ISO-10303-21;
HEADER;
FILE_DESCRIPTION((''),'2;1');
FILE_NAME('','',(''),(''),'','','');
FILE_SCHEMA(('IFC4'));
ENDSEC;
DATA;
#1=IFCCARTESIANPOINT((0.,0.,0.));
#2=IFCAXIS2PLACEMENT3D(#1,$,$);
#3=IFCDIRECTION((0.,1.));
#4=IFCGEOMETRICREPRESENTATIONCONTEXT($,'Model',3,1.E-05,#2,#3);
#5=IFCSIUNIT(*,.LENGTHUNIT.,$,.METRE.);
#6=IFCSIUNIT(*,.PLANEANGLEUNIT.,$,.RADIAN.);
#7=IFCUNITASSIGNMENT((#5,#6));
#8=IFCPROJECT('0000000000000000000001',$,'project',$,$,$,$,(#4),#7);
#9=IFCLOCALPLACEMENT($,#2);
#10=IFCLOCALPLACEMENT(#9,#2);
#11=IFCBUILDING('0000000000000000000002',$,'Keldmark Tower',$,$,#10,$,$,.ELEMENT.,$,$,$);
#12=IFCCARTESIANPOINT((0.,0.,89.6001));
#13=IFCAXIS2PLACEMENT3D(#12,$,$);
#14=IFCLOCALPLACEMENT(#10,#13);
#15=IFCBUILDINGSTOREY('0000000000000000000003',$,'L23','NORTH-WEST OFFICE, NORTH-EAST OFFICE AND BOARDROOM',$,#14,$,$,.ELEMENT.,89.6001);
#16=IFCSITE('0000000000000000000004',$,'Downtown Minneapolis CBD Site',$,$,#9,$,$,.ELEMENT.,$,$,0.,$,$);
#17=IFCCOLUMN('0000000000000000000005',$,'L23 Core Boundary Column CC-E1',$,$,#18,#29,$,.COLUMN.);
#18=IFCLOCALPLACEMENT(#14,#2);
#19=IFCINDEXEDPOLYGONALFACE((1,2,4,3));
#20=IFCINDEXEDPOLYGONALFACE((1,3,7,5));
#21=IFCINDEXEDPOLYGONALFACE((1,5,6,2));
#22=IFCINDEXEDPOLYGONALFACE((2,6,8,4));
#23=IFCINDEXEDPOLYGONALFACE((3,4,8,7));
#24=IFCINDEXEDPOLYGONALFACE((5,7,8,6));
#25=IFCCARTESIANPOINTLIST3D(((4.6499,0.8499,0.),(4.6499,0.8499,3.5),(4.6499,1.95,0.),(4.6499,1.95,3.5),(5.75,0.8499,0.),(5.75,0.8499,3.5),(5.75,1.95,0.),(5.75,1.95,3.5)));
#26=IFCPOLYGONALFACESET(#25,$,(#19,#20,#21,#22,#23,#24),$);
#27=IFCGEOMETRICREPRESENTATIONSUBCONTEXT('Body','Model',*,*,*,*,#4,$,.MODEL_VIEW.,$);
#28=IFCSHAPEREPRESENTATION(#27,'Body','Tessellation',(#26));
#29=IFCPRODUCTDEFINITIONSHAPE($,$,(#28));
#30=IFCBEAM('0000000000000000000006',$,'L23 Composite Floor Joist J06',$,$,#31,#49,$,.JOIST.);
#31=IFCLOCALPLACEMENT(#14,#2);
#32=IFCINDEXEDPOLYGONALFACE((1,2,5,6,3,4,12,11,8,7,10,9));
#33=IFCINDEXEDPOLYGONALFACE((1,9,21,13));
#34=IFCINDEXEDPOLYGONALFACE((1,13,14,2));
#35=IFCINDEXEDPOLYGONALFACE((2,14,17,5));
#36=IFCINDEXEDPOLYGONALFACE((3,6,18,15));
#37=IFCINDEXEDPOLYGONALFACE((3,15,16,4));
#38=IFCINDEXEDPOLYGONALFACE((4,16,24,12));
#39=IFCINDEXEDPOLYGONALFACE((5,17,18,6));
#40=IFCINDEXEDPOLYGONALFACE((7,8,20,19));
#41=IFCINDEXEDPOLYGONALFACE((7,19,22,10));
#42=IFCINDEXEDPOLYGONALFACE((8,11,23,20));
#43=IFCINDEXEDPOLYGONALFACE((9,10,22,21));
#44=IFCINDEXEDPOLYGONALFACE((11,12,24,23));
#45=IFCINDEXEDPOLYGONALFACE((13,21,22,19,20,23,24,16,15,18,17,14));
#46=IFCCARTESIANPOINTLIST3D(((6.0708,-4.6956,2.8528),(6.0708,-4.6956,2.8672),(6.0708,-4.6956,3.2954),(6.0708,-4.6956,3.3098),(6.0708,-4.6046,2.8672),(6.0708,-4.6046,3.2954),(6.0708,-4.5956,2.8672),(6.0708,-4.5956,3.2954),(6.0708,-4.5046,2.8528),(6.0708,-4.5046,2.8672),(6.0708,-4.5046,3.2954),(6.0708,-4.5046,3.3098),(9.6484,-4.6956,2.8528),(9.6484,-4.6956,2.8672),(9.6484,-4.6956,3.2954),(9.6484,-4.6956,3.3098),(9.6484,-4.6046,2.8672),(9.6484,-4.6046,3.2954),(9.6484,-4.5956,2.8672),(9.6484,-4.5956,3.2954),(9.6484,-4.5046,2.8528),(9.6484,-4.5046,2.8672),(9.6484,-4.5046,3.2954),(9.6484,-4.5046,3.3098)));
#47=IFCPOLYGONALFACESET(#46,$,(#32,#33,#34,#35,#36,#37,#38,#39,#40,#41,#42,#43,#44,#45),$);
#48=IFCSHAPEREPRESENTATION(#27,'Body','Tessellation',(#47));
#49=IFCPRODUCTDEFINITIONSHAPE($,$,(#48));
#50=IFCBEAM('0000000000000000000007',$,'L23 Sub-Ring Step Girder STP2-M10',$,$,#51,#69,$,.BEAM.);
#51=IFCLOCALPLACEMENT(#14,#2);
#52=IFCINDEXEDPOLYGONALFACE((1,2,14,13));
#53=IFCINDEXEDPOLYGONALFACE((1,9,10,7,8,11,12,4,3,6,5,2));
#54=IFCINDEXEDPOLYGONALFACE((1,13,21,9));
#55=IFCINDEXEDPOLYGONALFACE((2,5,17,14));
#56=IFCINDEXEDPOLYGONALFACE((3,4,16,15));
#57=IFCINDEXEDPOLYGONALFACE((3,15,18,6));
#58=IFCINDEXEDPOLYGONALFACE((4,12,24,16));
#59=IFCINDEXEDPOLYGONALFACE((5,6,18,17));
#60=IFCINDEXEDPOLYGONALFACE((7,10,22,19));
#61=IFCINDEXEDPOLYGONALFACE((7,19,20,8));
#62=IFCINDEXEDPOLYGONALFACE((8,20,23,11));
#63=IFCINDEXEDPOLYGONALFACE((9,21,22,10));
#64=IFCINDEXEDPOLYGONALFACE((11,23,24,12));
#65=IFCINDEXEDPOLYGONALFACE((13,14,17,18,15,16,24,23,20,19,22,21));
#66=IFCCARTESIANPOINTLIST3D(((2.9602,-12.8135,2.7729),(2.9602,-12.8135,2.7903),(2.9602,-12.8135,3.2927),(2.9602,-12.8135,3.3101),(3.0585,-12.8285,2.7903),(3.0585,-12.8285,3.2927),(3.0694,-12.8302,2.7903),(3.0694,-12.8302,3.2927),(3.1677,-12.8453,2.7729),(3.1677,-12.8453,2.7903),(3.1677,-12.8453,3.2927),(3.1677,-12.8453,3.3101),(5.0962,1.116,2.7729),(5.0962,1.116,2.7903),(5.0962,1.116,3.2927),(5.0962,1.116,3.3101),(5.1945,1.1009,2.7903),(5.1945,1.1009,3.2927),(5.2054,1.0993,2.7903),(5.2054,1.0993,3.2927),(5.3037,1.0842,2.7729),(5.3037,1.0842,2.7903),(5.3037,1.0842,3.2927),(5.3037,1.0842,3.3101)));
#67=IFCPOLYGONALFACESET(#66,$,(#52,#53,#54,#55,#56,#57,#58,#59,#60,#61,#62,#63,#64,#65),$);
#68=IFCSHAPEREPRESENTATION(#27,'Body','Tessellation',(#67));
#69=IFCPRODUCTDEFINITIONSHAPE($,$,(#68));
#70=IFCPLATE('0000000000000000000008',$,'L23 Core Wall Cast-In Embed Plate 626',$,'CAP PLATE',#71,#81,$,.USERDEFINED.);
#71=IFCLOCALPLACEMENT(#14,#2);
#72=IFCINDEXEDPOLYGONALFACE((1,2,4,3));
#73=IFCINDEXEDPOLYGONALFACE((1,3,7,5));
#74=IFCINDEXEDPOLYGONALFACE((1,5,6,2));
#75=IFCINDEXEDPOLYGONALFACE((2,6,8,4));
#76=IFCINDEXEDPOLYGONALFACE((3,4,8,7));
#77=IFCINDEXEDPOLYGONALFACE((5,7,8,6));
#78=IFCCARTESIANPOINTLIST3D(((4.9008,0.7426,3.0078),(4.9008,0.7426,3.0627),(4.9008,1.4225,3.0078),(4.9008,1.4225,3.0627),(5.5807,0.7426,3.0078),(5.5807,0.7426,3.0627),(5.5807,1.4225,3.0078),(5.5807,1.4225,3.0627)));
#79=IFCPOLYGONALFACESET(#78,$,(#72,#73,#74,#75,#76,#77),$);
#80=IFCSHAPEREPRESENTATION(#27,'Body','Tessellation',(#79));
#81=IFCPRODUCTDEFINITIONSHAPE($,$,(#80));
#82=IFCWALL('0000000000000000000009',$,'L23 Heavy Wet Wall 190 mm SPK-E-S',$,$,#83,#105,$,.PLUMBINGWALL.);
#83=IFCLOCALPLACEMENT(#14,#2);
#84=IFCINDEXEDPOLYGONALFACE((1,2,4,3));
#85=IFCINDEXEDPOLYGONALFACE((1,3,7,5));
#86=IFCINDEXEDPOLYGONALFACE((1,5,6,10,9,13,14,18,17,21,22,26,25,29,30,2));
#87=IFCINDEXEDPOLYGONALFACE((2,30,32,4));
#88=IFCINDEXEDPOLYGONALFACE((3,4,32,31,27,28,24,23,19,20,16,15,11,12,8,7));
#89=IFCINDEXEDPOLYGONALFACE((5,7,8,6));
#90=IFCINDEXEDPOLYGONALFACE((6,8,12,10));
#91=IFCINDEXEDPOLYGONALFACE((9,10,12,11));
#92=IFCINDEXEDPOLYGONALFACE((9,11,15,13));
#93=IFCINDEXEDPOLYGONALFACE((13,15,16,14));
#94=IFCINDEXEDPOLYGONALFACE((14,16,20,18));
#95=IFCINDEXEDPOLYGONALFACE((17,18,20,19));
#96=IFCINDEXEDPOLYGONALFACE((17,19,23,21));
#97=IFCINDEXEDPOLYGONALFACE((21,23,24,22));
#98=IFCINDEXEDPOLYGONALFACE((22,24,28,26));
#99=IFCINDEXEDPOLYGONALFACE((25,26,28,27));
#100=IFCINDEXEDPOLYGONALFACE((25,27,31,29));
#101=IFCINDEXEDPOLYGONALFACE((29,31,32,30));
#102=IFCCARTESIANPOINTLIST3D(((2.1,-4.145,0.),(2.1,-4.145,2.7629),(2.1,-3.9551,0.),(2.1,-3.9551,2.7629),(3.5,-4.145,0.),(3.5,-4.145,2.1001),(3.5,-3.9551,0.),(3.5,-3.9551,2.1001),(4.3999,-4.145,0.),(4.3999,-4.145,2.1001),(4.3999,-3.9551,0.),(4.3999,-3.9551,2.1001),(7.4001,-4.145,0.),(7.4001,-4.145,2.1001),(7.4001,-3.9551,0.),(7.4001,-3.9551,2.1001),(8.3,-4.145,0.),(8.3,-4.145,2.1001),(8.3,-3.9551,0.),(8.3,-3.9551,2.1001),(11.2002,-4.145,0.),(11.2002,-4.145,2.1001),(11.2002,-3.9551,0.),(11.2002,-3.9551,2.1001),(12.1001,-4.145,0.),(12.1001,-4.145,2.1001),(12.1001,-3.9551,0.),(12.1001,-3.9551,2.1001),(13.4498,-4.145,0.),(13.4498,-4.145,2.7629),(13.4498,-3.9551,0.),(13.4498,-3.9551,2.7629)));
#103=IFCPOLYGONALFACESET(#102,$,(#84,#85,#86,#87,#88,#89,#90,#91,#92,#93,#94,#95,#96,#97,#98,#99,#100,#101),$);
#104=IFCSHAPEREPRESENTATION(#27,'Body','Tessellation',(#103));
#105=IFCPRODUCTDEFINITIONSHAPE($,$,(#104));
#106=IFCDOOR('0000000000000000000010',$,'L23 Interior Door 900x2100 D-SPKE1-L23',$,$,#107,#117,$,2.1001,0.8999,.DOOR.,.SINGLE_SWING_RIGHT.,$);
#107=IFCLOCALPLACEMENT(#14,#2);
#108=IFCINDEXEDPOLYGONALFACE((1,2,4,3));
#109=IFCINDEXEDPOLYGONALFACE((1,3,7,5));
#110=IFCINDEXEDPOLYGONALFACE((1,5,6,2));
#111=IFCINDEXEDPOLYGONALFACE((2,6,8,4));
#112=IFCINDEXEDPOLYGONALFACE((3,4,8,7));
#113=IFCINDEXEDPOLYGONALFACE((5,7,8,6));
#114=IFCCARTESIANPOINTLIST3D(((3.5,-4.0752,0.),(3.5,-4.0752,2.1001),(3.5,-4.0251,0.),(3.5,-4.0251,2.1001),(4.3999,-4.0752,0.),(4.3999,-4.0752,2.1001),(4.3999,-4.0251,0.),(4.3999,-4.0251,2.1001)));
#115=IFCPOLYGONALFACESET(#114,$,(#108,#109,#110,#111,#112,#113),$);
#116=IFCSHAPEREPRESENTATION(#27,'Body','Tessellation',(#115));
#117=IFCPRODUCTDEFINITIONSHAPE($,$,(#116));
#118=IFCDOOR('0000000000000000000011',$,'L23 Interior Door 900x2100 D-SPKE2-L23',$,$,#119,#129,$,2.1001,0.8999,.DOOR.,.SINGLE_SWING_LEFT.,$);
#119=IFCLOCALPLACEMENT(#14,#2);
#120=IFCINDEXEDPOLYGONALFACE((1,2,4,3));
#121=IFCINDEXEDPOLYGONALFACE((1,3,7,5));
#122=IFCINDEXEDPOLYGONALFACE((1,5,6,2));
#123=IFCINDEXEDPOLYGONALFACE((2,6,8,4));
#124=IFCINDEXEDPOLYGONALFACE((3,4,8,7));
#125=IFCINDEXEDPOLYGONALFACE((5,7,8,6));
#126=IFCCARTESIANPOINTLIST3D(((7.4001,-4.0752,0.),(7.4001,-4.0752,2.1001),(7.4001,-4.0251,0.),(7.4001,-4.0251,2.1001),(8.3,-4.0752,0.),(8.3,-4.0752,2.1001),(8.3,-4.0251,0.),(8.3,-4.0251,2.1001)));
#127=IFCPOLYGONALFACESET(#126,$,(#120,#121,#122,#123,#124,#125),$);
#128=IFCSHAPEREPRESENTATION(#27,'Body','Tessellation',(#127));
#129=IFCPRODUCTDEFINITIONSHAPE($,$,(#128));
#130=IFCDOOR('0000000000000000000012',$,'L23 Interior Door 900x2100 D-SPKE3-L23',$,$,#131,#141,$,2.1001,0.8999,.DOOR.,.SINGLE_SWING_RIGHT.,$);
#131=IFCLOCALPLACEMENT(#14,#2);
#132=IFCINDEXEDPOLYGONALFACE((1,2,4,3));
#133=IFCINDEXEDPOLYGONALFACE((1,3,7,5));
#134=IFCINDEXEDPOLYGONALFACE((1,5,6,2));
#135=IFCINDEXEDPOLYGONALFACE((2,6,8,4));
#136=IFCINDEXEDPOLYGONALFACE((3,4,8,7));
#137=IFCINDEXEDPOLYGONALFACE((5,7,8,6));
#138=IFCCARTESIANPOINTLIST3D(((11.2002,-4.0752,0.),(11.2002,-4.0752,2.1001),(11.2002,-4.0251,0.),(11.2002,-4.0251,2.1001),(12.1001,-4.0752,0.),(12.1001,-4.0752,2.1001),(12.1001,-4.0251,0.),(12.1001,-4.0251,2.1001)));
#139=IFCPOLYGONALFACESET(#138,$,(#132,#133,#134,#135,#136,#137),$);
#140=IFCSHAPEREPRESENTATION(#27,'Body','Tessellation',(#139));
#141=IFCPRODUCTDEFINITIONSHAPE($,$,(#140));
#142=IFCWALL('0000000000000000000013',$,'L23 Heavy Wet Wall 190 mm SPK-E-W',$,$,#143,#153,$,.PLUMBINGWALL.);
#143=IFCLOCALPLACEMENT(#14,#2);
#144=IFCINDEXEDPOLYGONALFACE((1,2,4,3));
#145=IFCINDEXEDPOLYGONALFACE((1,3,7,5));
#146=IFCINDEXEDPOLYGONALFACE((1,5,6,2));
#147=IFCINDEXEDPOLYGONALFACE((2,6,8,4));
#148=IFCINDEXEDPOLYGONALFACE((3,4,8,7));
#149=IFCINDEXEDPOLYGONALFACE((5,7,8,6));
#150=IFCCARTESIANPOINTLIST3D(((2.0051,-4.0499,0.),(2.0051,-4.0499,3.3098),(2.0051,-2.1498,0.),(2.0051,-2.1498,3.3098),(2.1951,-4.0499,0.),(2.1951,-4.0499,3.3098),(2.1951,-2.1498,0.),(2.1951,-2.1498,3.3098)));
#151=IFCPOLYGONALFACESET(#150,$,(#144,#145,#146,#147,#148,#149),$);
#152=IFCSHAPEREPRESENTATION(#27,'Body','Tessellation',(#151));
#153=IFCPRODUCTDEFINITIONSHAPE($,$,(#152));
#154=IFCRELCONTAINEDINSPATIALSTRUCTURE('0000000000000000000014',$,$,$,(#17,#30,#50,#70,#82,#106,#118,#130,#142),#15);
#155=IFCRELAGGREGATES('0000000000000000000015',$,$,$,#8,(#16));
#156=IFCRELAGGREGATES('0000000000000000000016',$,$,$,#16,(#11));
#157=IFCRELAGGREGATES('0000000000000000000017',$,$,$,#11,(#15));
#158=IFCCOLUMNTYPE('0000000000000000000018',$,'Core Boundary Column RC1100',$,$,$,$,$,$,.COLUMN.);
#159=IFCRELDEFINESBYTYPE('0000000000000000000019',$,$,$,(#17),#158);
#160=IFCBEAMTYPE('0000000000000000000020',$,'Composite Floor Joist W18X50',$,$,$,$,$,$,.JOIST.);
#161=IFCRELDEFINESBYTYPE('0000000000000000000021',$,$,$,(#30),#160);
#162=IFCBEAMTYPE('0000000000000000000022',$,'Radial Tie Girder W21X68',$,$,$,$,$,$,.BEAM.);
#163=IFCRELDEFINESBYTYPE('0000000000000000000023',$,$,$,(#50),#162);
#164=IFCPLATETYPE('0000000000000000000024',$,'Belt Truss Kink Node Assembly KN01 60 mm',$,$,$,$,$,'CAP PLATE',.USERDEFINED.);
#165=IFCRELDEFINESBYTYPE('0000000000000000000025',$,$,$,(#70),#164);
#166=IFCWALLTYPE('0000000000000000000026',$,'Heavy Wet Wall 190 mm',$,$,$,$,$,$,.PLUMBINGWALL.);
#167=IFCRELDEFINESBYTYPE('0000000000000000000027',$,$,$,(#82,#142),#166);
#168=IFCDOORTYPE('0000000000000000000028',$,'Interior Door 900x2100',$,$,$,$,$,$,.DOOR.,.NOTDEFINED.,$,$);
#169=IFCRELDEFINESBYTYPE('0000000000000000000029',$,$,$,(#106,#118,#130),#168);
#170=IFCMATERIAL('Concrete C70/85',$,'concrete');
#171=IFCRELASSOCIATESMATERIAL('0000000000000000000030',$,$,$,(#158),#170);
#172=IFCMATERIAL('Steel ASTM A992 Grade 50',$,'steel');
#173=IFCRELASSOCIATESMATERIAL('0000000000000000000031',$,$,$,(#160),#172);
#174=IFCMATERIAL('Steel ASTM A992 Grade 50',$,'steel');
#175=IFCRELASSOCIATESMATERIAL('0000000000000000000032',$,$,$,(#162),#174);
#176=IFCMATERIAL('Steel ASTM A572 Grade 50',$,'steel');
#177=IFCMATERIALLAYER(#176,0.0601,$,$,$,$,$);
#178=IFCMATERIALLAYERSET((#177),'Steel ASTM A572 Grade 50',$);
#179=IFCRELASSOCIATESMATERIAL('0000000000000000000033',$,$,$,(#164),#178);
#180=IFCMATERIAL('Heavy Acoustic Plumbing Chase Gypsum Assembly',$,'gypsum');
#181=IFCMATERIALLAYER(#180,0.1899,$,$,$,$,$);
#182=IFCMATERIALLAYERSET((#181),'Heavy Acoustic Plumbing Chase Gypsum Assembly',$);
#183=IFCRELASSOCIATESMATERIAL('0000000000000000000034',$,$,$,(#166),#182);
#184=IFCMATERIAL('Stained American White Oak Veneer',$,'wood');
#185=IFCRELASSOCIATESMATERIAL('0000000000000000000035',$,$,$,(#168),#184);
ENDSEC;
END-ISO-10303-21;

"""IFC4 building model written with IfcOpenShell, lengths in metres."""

from ifc_helpers import new_model, si_unit, direction, frame, frame_2d, origin, origin_2d, place, context, subcontext, project, spatial, rectangle, i_section, extrude, material, layer, layer_set, material_profile, profile_set, type_object, element, fill, save


model = new_model("IFC4")

# Units and contexts
model_context = context("Model", 3, precision=1e-05, world=origin(), true_north=direction((0.0, 1.0)))
body_context = subcontext(model_context, "Body", "Model", "MODEL_VIEW")
ifc_project = project(units=[si_unit("LENGTHUNIT", "METRE"), si_unit("PLANEANGLEUNIT", "RADIAN")], contexts=[model_context])

# Site, building, storey
site_placement = place(None, origin())
site = spatial("IfcSite", under=ifc_project, at=site_placement, Name="Downtown Minneapolis CBD Site", CompositionType="ELEMENT", RefElevation=0.0)
building_placement = place(site_placement, origin())
building = spatial("IfcBuilding", under=site, at=building_placement, Name="Keldmark Tower", CompositionType="ELEMENT")
storey_placement = place(building_placement, frame((0.0, 0.0, 89.6001)))
storey = spatial("IfcBuildingStorey", under=building, at=storey_placement, Name="L23", Description="NORTH-WEST OFFICE, NORTH-EAST OFFICE AND BOARDROOM", CompositionType="ELEMENT", Elevation=89.6001)

# Column
ifc_material_1 = material(Name="Concrete C70/85", Category="concrete")
ifc_material_profile_1 = material_profile(ifc_material_1, rectangle(XDim=1.1001, YDim=1.1001, at=origin_2d()), Name="RC1100X1100")
ifc_profile_set_1 = profile_set([ifc_material_profile_1], Name="Concrete C70/85")
column_type = type_object("IfcColumnType", Name="Core Boundary Column RC1100", PredefinedType="COLUMN", material=ifc_profile_set_1)
column_placement = place(storey_placement, frame((5.2, 1.3999, 0.0), z_axis=(0.0, 0.0, 1.0), x_axis=(1.0, 0.0, 0.0)))
element("IfcColumn", 1, at=column_placement, inside=storey, type_object=column_type, Name="L23 Core Boundary Column CC-E1", PredefinedType="COLUMN", context=body_context, shape_type="SweptSolid", body=[
    extrude(rectangle(XDim=1.1001, YDim=1.1001, at=origin_2d()), origin(), (0.0, 0.0, 1.0), 3.5),
])

# Beams
ifc_material_2 = material(Name="Steel ASTM A992 Grade 50", Category="steel")
ifc_material_profile_2 = material_profile(ifc_material_2, i_section(OverallWidth=0.1909, OverallDepth=0.457, WebThickness=0.009, FlangeThickness=0.0144, at=origin_2d()), Name="W18X50")
ifc_profile_set_2 = profile_set([ifc_material_profile_2], Name="Steel ASTM A992 Grade 50")
beam_type_1 = type_object("IfcBeamType", Name="Composite Floor Joist W18X50", PredefinedType="JOIST", material=ifc_profile_set_2)
beam_1_placement = place(storey_placement, frame((6.0708, -4.6001, 3.0813), z_axis=(1.0, 0.0, 0.0), x_axis=(0.0, 1.0, 0.0)))
element("IfcBeam", 2, at=beam_1_placement, inside=storey, type_object=beam_type_1, Name="L23 Composite Floor Joist J06", PredefinedType="JOIST", context=body_context, shape_type="SweptSolid", body=[
    extrude(i_section(OverallWidth=0.1909, OverallDepth=0.457, WebThickness=0.009, FlangeThickness=0.0144, at=origin_2d()), origin(), (0.0, 0.0, 1.0), 3.5776),
])
ifc_material_3 = material(Name="Steel ASTM A992 Grade 50", Category="steel")
ifc_material_profile_3 = material_profile(ifc_material_3, i_section(OverallWidth=0.21, OverallDepth=0.5371, WebThickness=0.011, FlangeThickness=0.0173, at=origin_2d()), Name="W21X68")
ifc_profile_set_3 = profile_set([ifc_material_profile_3], Name="Steel ASTM A992 Grade 50")
beam_type_2 = type_object("IfcBeamType", Name="Radial Tie Girder W21X68", PredefinedType="BEAM", material=ifc_profile_set_3)
beam_2_placement = place(storey_placement, frame((5.2, 1.1001, 3.0415), z_axis=(-0.151572, -0.988446, 0.0), x_axis=(0.988446, -0.151572, 0.0)))
element("IfcBeam", 3, at=beam_2_placement, inside=storey, type_object=beam_type_2, Name="L23 Sub-Ring Step Girder STP2-M10", PredefinedType="BEAM", context=body_context, shape_type="SweptSolid", body=[
    extrude(i_section(OverallWidth=0.21, OverallDepth=0.5371, WebThickness=0.011, FlangeThickness=0.0173, at=origin_2d()), origin(), (0.0, 0.0, 1.0), 14.0923),
])

# Plate
ifc_material_4 = material(Name="Steel ASTM A572 Grade 50", Category="steel")
ifc_layer_1 = layer(ifc_material_4, 0.0601)
ifc_layer_set_1 = layer_set([ifc_layer_1], Name="Steel ASTM A572 Grade 50")
plate_type = type_object("IfcPlateType", Name="Belt Truss Kink Node Assembly KN01 60 mm", ElementType="CAP PLATE", PredefinedType="USERDEFINED", material=ifc_layer_set_1)
plate_placement = place(storey_placement, frame((5.2407, 1.0825, 3.0078), z_axis=(0.0, 0.0, 1.0), x_axis=(1.0, 0.0, 0.0)))
element("IfcPlate", 4, at=plate_placement, inside=storey, type_object=plate_type, Name="L23 Core Wall Cast-In Embed Plate 626", ObjectType="CAP PLATE", PredefinedType="USERDEFINED", context=body_context, shape_type="SweptSolid", body=[
    extrude(rectangle(XDim=0.6799, YDim=0.6799, at=origin_2d()), origin(), (0.0, 0.0, 1.0), 0.0549),
])

# Wall, openings, doors
ifc_material_5 = material(Name="Heavy Acoustic Plumbing Chase Gypsum Assembly", Category="gypsum")
ifc_layer_2 = layer(ifc_material_5, 0.1899)
ifc_layer_set_2 = layer_set([ifc_layer_2], Name="Heavy Acoustic Plumbing Chase Gypsum Assembly")
wall_type_1 = type_object("IfcWallType", Name="Heavy Wet Wall 190 mm", PredefinedType="PLUMBINGWALL", material=ifc_layer_set_2)
wall_1_placement = place(storey_placement, frame((2.1001, -4.05, 0.0), z_axis=(0.0, 0.0, 1.0), x_axis=(1.0, 0.0, 0.0)))
wall_1 = element("IfcWall", 5, at=wall_1_placement, inside=storey, type_object=wall_type_1, Name="L23 Heavy Wet Wall 190 mm SPK-E-S", PredefinedType="PLUMBINGWALL", context=body_context, shape_type="SweptSolid", body=[
    extrude(rectangle(XDim=11.3499, YDim=0.1899, at=frame_2d((5.6748, 0.0))), origin(), (0.0, 0.0, 1.0), 2.7629),
])
opening_1_placement = place(wall_1_placement, frame((1.3999, 0.0, 0.0)))
opening_1 = element("IfcOpeningElement", 6, at=opening_1_placement, cuts=wall_1, PredefinedType="OPENING", context=body_context, shape_type="SweptSolid", body=[
    extrude(rectangle(XDim=0.8999, YDim=2.1001, at=frame_2d((0.45, 1.05))), frame((0.0, 0.105, 0.0), z_axis=(0.0, -1.0, 0.0), x_axis=(1.0, 0.0, 0.0)), (0.0, 0.0, 1.0), 0.21),
])
opening_2_placement = place(wall_1_placement, frame((5.3, 0.0, 0.0)))
opening_2 = element("IfcOpeningElement", 7, at=opening_2_placement, cuts=wall_1, PredefinedType="OPENING", context=body_context, shape_type="SweptSolid", body=[
    extrude(rectangle(XDim=0.8999, YDim=2.1001, at=frame_2d((0.45, 1.05))), frame((0.0, 0.105, 0.0), z_axis=(0.0, -1.0, 0.0), x_axis=(1.0, 0.0, 0.0)), (0.0, 0.0, 1.0), 0.21),
])
opening_3_placement = place(wall_1_placement, frame((9.1001, 0.0, 0.0)))
opening_3 = element("IfcOpeningElement", 8, at=opening_3_placement, cuts=wall_1, PredefinedType="OPENING", context=body_context, shape_type="SweptSolid", body=[
    extrude(rectangle(XDim=0.8999, YDim=2.1001, at=frame_2d((0.45, 1.05))), frame((0.0, 0.105, 0.0), z_axis=(0.0, -1.0, 0.0), x_axis=(1.0, 0.0, 0.0)), (0.0, 0.0, 1.0), 0.21),
])
ifc_material_6 = material(Name="Stained American White Oak Veneer", Category="wood")
door_type_1 = type_object("IfcDoorType", Name="Interior Door 900x2100", OperationType="NOTDEFINED", PredefinedType="DOOR", material=ifc_material_6)
door_1_placement = place(opening_1_placement, origin())
door_1 = element("IfcDoor", 9, at=door_1_placement, inside=storey, type_object=door_type_1, Name="L23 Interior Door 900x2100 D-SPKE1-L23", OperationType="SINGLE_SWING_RIGHT", OverallHeight=2.1001, OverallWidth=0.8999, PredefinedType="DOOR", context=body_context, shape_type="SweptSolid", body=[
    extrude(rectangle(XDim=0.8999, YDim=2.1001, at=frame_2d((0.45, 1.05))), frame((0.0, 0.0249, 0.0), z_axis=(0.0, -1.0, 0.0), x_axis=(1.0, 0.0, 0.0)), (0.0, 0.0, 1.0), 0.05),
])
fill(opening_1, door_1)
door_2_placement = place(opening_2_placement, origin())
door_2 = element("IfcDoor", 10, at=door_2_placement, inside=storey, type_object=door_type_1, Name="L23 Interior Door 900x2100 D-SPKE2-L23", OperationType="SINGLE_SWING_LEFT", OverallHeight=2.1001, OverallWidth=0.8999, PredefinedType="DOOR", context=body_context, shape_type="SweptSolid", body=[
    extrude(rectangle(XDim=0.8999, YDim=2.1001, at=frame_2d((0.45, 1.05))), frame((0.0, 0.0249, 0.0), z_axis=(0.0, -1.0, 0.0), x_axis=(1.0, 0.0, 0.0)), (0.0, 0.0, 1.0), 0.05),
])
fill(opening_2, door_2)
door_3_placement = place(opening_3_placement, origin())
door_3 = element("IfcDoor", 11, at=door_3_placement, inside=storey, type_object=door_type_1, Name="L23 Interior Door 900x2100 D-SPKE3-L23", OperationType="SINGLE_SWING_RIGHT", OverallHeight=2.1001, OverallWidth=0.8999, PredefinedType="DOOR", context=body_context, shape_type="SweptSolid", body=[
    extrude(rectangle(XDim=0.8999, YDim=2.1001, at=frame_2d((0.45, 1.05))), frame((0.0, 0.0249, 0.0), z_axis=(0.0, -1.0, 0.0), x_axis=(1.0, 0.0, 0.0)), (0.0, 0.0, 1.0), 0.05),
])
fill(opening_3, door_3)

# Wall
wall_2_placement = place(storey_placement, frame((2.1001, -4.05, 0.0), z_axis=(0.0, 0.0, 1.0), x_axis=(0.0, 1.0, 0.0)))
element("IfcWall", 12, at=wall_2_placement, inside=storey, type_object=wall_type_1, Name="L23 Heavy Wet Wall 190 mm SPK-E-W", PredefinedType="PLUMBINGWALL", context=body_context, shape_type="SweptSolid", body=[
    extrude(rectangle(XDim=1.9001, YDim=0.1899, at=frame_2d((0.9502, 0.0))), origin(), (0.0, 0.0, 1.0), 3.3098),
])

save(model, "model.ifc")
